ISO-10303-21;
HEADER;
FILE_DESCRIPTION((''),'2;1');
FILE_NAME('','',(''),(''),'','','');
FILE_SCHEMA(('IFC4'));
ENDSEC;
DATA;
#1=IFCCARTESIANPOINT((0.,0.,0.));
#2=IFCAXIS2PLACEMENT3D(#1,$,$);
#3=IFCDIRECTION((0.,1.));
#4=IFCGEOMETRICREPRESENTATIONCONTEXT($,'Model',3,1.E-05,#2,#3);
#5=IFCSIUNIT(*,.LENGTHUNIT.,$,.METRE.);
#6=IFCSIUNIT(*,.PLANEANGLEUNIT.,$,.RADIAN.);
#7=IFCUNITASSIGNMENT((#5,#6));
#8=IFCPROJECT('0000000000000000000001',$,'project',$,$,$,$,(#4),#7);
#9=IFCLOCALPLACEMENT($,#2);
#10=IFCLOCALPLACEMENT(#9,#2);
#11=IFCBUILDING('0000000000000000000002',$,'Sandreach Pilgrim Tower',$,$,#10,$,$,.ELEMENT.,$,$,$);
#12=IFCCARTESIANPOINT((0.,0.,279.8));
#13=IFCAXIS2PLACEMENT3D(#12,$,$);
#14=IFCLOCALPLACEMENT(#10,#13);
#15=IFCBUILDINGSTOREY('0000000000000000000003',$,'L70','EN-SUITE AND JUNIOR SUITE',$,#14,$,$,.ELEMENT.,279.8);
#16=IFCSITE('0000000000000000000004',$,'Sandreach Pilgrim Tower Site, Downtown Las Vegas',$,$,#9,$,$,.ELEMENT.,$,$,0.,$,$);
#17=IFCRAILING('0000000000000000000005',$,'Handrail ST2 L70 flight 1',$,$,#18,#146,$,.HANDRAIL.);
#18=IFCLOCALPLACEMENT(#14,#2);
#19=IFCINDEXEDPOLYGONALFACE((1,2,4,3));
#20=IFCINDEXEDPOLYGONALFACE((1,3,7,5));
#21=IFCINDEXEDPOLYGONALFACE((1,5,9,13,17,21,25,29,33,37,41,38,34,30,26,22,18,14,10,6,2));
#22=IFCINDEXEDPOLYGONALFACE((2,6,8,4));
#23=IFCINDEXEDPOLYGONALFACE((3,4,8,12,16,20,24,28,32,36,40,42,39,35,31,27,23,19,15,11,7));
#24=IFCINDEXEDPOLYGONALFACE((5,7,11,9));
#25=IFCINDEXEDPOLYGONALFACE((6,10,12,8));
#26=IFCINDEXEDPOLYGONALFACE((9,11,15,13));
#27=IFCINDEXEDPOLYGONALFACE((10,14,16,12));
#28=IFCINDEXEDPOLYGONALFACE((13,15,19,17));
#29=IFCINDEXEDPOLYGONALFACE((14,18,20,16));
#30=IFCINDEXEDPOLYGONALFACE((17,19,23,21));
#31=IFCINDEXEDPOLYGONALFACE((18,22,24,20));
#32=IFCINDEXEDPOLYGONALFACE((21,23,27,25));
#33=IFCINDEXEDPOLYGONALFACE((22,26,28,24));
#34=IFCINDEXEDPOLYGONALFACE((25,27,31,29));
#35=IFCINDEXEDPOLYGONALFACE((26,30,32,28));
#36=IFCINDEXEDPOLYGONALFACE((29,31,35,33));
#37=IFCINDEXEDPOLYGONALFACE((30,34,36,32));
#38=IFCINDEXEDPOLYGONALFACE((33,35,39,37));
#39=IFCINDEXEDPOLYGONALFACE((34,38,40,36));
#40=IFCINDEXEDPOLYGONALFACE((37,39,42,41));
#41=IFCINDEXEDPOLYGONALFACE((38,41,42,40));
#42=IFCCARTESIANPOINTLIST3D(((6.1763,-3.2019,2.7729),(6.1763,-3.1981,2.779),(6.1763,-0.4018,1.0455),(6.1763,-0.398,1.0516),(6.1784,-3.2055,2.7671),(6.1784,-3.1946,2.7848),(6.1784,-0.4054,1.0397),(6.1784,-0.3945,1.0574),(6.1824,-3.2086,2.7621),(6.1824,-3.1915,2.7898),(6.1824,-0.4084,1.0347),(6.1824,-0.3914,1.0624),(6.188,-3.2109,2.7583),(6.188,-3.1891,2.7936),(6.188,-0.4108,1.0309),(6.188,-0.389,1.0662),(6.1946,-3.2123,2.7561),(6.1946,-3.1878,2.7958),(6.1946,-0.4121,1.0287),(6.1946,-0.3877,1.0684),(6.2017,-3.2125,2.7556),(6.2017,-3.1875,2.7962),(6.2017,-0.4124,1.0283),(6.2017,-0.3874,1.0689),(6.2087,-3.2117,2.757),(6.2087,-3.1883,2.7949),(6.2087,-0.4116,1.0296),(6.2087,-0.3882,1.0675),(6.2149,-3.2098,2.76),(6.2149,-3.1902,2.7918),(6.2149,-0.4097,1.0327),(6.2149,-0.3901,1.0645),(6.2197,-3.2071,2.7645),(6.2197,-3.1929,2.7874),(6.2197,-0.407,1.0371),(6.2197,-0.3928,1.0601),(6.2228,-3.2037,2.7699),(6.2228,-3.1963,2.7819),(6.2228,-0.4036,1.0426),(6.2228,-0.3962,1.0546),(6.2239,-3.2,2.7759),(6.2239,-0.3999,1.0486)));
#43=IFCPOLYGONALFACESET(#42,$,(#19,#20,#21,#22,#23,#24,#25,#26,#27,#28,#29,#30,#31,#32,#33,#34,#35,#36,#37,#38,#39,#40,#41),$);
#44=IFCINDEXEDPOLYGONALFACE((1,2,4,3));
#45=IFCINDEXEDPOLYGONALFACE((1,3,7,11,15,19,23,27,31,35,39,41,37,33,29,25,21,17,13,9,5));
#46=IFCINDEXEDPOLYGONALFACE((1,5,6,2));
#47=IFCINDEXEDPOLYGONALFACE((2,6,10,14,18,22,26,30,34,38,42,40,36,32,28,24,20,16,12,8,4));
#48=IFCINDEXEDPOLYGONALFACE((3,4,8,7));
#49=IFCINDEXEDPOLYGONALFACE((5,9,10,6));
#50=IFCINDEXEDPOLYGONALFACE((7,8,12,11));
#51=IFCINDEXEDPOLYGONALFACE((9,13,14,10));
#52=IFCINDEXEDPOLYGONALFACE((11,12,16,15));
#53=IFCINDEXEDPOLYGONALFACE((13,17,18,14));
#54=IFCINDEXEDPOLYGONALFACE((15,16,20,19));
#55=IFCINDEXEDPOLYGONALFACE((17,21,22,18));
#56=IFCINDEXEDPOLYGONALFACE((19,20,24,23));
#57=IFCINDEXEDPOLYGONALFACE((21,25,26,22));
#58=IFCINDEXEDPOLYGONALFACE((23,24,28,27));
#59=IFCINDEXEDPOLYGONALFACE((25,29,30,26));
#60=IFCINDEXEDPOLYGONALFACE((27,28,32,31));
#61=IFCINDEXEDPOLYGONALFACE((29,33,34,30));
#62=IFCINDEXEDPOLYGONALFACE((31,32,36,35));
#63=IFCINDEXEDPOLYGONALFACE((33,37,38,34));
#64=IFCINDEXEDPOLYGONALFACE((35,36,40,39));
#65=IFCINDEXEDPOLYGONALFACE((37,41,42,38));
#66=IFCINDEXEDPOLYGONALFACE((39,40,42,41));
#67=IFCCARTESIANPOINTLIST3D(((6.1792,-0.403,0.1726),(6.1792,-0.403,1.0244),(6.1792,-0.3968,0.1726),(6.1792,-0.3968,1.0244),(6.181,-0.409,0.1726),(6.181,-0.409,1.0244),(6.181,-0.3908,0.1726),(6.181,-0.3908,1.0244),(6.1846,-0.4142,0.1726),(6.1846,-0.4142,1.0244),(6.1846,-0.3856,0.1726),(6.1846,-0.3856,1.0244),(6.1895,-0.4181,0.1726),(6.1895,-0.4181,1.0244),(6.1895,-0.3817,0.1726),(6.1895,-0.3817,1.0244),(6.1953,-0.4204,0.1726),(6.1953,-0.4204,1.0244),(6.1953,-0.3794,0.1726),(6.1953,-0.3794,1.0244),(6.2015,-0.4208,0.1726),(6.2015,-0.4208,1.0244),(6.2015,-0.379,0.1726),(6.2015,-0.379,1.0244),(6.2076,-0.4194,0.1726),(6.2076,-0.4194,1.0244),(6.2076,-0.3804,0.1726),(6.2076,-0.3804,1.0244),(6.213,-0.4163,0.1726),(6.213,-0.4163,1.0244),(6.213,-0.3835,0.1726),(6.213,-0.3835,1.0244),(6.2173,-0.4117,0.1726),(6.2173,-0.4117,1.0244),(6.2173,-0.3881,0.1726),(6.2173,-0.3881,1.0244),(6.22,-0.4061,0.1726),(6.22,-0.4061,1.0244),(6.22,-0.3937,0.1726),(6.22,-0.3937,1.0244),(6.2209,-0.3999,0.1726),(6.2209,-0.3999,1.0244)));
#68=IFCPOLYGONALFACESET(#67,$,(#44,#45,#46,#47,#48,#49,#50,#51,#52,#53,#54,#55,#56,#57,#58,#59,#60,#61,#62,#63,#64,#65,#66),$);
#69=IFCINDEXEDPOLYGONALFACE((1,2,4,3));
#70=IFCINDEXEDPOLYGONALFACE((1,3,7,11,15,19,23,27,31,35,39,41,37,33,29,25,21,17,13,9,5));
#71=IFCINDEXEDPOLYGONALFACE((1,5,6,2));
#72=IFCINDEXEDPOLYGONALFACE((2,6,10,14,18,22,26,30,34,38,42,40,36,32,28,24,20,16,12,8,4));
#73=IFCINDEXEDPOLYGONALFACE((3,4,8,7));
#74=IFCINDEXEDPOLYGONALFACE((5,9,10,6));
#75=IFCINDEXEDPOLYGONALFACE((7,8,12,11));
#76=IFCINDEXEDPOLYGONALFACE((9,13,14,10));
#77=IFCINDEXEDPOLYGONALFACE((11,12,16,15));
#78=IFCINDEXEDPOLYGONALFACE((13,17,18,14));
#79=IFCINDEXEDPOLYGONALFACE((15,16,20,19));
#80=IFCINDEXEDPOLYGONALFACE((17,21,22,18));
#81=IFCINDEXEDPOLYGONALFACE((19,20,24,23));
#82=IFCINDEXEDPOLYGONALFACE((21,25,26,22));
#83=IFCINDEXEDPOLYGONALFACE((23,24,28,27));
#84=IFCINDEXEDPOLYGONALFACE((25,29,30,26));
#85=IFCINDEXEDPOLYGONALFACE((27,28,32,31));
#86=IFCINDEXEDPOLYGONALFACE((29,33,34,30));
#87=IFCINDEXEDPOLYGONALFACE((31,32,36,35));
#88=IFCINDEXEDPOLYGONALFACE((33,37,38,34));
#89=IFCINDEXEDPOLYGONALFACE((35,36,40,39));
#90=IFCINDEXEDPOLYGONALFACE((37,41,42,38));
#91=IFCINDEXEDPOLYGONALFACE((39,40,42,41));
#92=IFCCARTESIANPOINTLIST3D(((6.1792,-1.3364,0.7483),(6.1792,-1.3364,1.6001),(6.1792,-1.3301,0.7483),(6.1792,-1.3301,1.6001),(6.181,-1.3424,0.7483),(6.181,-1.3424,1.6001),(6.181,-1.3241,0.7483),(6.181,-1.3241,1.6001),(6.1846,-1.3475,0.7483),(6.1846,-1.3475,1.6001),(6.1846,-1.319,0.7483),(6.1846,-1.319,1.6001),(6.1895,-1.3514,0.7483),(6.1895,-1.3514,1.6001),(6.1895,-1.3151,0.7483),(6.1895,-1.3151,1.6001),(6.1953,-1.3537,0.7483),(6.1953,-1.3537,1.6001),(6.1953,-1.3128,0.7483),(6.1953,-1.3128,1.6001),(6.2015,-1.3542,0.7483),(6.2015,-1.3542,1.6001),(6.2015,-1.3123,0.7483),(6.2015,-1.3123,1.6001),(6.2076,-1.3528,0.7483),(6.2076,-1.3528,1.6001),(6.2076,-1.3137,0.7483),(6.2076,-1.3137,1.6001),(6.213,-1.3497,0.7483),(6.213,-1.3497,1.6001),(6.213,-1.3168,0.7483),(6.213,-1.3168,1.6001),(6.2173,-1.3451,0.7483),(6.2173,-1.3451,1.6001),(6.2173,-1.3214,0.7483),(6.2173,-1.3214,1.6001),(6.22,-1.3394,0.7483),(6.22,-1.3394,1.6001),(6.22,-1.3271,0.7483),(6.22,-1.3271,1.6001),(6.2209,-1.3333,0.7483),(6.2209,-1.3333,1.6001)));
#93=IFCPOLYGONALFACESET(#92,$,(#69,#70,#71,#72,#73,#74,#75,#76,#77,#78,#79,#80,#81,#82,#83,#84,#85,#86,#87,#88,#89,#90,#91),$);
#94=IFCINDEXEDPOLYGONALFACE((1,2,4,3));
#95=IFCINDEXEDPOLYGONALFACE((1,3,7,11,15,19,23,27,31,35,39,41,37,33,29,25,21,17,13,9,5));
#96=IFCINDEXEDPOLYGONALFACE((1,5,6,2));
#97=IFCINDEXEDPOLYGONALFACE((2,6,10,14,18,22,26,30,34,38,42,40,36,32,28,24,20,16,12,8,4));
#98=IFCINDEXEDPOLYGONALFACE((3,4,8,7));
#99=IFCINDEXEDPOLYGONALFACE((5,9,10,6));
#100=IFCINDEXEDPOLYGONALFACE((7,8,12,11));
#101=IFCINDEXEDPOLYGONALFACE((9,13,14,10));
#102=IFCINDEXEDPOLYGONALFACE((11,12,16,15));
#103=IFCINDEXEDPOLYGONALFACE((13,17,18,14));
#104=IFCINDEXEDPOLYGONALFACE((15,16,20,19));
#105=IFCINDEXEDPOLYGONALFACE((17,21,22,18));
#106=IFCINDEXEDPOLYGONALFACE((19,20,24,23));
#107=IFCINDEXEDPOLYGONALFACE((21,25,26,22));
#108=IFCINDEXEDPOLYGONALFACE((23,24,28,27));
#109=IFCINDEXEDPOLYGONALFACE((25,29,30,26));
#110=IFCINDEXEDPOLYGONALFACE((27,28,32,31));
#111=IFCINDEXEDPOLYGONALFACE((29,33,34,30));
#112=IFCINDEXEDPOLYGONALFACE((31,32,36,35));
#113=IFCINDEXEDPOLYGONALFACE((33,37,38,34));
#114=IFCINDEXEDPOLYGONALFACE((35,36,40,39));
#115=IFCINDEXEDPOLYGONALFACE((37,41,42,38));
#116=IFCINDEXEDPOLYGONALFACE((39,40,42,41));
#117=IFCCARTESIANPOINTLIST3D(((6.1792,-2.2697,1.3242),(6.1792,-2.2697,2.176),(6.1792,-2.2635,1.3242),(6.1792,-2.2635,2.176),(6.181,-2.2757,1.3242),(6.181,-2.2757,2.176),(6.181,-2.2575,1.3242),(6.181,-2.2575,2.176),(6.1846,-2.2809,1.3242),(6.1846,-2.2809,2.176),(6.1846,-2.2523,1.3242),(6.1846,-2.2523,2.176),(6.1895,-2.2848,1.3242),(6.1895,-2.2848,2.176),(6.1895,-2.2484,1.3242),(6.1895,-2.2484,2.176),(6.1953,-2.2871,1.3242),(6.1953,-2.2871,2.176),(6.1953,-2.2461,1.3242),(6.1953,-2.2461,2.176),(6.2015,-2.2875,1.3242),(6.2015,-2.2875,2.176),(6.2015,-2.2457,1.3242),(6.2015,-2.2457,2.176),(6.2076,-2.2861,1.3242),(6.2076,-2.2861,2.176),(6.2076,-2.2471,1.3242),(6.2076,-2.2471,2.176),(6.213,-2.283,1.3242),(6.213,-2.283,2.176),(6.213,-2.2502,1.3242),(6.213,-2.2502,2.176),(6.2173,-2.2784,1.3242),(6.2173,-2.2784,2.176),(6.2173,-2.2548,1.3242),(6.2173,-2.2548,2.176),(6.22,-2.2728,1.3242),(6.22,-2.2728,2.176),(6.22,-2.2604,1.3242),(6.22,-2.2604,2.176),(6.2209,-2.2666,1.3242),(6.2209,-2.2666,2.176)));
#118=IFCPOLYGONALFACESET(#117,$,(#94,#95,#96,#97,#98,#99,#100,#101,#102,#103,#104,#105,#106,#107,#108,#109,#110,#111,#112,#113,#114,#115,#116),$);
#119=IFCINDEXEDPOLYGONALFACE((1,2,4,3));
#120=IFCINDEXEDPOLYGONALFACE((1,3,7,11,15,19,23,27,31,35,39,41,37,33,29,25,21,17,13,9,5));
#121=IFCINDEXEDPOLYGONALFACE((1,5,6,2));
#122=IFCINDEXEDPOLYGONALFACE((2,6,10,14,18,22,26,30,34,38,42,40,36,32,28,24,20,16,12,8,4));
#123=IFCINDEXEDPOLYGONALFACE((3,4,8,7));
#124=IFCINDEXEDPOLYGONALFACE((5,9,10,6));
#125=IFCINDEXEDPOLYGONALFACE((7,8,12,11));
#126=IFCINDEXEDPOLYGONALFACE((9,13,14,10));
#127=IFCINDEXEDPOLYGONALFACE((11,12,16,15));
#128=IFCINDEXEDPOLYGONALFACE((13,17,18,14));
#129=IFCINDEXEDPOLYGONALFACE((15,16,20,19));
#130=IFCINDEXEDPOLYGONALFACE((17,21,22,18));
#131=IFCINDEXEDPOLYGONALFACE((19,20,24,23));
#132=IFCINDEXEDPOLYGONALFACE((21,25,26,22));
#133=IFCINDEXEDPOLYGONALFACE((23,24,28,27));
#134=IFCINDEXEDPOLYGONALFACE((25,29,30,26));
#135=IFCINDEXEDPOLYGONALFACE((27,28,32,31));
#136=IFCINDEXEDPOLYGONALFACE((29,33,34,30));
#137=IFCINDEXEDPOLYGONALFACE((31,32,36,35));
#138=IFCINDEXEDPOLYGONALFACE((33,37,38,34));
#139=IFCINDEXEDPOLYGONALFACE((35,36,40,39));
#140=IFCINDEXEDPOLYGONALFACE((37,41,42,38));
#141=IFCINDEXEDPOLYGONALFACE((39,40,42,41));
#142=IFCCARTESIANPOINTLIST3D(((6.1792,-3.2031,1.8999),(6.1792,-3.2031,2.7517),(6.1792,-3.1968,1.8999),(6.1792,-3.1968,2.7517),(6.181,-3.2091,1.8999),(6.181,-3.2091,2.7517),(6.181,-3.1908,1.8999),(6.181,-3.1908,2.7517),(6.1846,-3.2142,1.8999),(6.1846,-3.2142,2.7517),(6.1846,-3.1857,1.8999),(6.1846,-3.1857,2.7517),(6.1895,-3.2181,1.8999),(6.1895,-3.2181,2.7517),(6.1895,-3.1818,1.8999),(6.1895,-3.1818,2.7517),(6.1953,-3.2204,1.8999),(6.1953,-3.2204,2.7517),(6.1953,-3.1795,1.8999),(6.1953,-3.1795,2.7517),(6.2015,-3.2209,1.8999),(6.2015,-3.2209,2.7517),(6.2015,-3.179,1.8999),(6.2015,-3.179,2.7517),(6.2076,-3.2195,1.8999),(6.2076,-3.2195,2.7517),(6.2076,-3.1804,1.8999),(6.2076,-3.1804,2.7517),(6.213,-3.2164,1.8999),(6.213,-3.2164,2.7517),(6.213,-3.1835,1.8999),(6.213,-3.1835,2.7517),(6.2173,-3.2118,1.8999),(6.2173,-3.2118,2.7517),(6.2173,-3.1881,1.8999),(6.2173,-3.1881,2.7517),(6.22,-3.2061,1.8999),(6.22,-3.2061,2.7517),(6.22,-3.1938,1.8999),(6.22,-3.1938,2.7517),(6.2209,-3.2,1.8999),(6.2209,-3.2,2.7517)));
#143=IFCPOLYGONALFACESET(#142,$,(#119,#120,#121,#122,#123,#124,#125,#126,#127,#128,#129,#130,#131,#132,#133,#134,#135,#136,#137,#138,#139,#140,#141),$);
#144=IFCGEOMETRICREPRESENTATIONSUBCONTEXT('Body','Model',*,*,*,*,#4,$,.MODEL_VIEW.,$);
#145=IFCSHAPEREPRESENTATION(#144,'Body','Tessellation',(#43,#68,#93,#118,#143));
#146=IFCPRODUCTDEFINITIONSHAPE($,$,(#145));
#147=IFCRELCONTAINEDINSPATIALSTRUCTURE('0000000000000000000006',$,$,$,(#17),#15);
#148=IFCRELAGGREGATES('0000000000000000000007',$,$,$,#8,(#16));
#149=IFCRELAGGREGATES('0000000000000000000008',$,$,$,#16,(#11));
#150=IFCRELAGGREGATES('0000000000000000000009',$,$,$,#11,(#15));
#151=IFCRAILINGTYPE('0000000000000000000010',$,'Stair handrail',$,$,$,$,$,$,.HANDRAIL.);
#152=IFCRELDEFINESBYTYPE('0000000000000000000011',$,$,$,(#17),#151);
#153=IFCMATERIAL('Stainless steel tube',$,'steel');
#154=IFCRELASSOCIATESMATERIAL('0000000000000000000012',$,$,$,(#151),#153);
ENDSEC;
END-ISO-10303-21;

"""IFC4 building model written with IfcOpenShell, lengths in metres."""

from ifc_helpers import new_model, si_unit, direction, frame, origin, origin_2d, place, context, subcontext, project, spatial, circle, extrude, material, type_object, element, save


model = new_model("IFC4")

# Units and contexts
model_context = context("Model", 3, precision=1e-05, world=origin(), true_north=direction((0.0, 1.0)))
body_context = subcontext(model_context, "Body", "Model", "MODEL_VIEW")
ifc_project = project(units=[si_unit("LENGTHUNIT", "METRE"), si_unit("PLANEANGLEUNIT", "RADIAN")], contexts=[model_context])

# Site, building, storey
site_placement = place(None, origin())
site = spatial("IfcSite", under=ifc_project, at=site_placement, Name="Sandreach Pilgrim Tower Site, Downtown Las Vegas", CompositionType="ELEMENT", RefElevation=0.0)
building_placement = place(site_placement, origin())
building = spatial("IfcBuilding", under=site, at=building_placement, Name="Sandreach Pilgrim Tower", CompositionType="ELEMENT")
storey_placement = place(building_placement, frame((0.0, 0.0, 279.8)))
storey = spatial("IfcBuildingStorey", under=building, at=storey_placement, Name="L70", Description="EN-SUITE AND JUNIOR SUITE", CompositionType="ELEMENT", Elevation=279.8)

# Railing
ifc_material_1 = material(Name="Stainless steel tube", Category="steel")
railing_type = type_object("IfcRailingType", Name="Stair handrail", PredefinedType="HANDRAIL", material=ifc_material_1)
for number, where, name in (
    (1, (6.2, -0.3999, 0.1726), "Handrail ST2 L70 flight 1"),
):
    element("IfcRailing", number, at=place(storey_placement, frame(where)), inside=storey, type_object=railing_type, Name=name, PredefinedType="HANDRAIL", context=body_context, shape_type="SweptSolid", body=[
        extrude(circle(Radius=0.0239, at=origin_2d()), frame((0.0, 0.0, 0.876), z_axis=(0.0, -0.85109, 0.52502), x_axis=(1.0, 0.0, 0.0)), (0.0, 0.0, 1.0), 3.29),
        extrude(circle(Radius=0.021, at=origin_2d()), origin(), (0.0, 0.0, 1.0), 0.8518),
        extrude(circle(Radius=0.021, at=origin_2d()), frame((0.0, -0.9333, 0.5757)), (0.0, 0.0, 1.0), 0.8518),
        extrude(circle(Radius=0.021, at=origin_2d()), frame((0.0, -1.8667, 1.1516)), (0.0, 0.0, 1.0), 0.8518),
        extrude(circle(Radius=0.021, at=origin_2d()), frame((0.0, -2.8, 1.7273)), (0.0, 0.0, 1.0), 0.8518),
    ])

save(model, "model.ifc")
